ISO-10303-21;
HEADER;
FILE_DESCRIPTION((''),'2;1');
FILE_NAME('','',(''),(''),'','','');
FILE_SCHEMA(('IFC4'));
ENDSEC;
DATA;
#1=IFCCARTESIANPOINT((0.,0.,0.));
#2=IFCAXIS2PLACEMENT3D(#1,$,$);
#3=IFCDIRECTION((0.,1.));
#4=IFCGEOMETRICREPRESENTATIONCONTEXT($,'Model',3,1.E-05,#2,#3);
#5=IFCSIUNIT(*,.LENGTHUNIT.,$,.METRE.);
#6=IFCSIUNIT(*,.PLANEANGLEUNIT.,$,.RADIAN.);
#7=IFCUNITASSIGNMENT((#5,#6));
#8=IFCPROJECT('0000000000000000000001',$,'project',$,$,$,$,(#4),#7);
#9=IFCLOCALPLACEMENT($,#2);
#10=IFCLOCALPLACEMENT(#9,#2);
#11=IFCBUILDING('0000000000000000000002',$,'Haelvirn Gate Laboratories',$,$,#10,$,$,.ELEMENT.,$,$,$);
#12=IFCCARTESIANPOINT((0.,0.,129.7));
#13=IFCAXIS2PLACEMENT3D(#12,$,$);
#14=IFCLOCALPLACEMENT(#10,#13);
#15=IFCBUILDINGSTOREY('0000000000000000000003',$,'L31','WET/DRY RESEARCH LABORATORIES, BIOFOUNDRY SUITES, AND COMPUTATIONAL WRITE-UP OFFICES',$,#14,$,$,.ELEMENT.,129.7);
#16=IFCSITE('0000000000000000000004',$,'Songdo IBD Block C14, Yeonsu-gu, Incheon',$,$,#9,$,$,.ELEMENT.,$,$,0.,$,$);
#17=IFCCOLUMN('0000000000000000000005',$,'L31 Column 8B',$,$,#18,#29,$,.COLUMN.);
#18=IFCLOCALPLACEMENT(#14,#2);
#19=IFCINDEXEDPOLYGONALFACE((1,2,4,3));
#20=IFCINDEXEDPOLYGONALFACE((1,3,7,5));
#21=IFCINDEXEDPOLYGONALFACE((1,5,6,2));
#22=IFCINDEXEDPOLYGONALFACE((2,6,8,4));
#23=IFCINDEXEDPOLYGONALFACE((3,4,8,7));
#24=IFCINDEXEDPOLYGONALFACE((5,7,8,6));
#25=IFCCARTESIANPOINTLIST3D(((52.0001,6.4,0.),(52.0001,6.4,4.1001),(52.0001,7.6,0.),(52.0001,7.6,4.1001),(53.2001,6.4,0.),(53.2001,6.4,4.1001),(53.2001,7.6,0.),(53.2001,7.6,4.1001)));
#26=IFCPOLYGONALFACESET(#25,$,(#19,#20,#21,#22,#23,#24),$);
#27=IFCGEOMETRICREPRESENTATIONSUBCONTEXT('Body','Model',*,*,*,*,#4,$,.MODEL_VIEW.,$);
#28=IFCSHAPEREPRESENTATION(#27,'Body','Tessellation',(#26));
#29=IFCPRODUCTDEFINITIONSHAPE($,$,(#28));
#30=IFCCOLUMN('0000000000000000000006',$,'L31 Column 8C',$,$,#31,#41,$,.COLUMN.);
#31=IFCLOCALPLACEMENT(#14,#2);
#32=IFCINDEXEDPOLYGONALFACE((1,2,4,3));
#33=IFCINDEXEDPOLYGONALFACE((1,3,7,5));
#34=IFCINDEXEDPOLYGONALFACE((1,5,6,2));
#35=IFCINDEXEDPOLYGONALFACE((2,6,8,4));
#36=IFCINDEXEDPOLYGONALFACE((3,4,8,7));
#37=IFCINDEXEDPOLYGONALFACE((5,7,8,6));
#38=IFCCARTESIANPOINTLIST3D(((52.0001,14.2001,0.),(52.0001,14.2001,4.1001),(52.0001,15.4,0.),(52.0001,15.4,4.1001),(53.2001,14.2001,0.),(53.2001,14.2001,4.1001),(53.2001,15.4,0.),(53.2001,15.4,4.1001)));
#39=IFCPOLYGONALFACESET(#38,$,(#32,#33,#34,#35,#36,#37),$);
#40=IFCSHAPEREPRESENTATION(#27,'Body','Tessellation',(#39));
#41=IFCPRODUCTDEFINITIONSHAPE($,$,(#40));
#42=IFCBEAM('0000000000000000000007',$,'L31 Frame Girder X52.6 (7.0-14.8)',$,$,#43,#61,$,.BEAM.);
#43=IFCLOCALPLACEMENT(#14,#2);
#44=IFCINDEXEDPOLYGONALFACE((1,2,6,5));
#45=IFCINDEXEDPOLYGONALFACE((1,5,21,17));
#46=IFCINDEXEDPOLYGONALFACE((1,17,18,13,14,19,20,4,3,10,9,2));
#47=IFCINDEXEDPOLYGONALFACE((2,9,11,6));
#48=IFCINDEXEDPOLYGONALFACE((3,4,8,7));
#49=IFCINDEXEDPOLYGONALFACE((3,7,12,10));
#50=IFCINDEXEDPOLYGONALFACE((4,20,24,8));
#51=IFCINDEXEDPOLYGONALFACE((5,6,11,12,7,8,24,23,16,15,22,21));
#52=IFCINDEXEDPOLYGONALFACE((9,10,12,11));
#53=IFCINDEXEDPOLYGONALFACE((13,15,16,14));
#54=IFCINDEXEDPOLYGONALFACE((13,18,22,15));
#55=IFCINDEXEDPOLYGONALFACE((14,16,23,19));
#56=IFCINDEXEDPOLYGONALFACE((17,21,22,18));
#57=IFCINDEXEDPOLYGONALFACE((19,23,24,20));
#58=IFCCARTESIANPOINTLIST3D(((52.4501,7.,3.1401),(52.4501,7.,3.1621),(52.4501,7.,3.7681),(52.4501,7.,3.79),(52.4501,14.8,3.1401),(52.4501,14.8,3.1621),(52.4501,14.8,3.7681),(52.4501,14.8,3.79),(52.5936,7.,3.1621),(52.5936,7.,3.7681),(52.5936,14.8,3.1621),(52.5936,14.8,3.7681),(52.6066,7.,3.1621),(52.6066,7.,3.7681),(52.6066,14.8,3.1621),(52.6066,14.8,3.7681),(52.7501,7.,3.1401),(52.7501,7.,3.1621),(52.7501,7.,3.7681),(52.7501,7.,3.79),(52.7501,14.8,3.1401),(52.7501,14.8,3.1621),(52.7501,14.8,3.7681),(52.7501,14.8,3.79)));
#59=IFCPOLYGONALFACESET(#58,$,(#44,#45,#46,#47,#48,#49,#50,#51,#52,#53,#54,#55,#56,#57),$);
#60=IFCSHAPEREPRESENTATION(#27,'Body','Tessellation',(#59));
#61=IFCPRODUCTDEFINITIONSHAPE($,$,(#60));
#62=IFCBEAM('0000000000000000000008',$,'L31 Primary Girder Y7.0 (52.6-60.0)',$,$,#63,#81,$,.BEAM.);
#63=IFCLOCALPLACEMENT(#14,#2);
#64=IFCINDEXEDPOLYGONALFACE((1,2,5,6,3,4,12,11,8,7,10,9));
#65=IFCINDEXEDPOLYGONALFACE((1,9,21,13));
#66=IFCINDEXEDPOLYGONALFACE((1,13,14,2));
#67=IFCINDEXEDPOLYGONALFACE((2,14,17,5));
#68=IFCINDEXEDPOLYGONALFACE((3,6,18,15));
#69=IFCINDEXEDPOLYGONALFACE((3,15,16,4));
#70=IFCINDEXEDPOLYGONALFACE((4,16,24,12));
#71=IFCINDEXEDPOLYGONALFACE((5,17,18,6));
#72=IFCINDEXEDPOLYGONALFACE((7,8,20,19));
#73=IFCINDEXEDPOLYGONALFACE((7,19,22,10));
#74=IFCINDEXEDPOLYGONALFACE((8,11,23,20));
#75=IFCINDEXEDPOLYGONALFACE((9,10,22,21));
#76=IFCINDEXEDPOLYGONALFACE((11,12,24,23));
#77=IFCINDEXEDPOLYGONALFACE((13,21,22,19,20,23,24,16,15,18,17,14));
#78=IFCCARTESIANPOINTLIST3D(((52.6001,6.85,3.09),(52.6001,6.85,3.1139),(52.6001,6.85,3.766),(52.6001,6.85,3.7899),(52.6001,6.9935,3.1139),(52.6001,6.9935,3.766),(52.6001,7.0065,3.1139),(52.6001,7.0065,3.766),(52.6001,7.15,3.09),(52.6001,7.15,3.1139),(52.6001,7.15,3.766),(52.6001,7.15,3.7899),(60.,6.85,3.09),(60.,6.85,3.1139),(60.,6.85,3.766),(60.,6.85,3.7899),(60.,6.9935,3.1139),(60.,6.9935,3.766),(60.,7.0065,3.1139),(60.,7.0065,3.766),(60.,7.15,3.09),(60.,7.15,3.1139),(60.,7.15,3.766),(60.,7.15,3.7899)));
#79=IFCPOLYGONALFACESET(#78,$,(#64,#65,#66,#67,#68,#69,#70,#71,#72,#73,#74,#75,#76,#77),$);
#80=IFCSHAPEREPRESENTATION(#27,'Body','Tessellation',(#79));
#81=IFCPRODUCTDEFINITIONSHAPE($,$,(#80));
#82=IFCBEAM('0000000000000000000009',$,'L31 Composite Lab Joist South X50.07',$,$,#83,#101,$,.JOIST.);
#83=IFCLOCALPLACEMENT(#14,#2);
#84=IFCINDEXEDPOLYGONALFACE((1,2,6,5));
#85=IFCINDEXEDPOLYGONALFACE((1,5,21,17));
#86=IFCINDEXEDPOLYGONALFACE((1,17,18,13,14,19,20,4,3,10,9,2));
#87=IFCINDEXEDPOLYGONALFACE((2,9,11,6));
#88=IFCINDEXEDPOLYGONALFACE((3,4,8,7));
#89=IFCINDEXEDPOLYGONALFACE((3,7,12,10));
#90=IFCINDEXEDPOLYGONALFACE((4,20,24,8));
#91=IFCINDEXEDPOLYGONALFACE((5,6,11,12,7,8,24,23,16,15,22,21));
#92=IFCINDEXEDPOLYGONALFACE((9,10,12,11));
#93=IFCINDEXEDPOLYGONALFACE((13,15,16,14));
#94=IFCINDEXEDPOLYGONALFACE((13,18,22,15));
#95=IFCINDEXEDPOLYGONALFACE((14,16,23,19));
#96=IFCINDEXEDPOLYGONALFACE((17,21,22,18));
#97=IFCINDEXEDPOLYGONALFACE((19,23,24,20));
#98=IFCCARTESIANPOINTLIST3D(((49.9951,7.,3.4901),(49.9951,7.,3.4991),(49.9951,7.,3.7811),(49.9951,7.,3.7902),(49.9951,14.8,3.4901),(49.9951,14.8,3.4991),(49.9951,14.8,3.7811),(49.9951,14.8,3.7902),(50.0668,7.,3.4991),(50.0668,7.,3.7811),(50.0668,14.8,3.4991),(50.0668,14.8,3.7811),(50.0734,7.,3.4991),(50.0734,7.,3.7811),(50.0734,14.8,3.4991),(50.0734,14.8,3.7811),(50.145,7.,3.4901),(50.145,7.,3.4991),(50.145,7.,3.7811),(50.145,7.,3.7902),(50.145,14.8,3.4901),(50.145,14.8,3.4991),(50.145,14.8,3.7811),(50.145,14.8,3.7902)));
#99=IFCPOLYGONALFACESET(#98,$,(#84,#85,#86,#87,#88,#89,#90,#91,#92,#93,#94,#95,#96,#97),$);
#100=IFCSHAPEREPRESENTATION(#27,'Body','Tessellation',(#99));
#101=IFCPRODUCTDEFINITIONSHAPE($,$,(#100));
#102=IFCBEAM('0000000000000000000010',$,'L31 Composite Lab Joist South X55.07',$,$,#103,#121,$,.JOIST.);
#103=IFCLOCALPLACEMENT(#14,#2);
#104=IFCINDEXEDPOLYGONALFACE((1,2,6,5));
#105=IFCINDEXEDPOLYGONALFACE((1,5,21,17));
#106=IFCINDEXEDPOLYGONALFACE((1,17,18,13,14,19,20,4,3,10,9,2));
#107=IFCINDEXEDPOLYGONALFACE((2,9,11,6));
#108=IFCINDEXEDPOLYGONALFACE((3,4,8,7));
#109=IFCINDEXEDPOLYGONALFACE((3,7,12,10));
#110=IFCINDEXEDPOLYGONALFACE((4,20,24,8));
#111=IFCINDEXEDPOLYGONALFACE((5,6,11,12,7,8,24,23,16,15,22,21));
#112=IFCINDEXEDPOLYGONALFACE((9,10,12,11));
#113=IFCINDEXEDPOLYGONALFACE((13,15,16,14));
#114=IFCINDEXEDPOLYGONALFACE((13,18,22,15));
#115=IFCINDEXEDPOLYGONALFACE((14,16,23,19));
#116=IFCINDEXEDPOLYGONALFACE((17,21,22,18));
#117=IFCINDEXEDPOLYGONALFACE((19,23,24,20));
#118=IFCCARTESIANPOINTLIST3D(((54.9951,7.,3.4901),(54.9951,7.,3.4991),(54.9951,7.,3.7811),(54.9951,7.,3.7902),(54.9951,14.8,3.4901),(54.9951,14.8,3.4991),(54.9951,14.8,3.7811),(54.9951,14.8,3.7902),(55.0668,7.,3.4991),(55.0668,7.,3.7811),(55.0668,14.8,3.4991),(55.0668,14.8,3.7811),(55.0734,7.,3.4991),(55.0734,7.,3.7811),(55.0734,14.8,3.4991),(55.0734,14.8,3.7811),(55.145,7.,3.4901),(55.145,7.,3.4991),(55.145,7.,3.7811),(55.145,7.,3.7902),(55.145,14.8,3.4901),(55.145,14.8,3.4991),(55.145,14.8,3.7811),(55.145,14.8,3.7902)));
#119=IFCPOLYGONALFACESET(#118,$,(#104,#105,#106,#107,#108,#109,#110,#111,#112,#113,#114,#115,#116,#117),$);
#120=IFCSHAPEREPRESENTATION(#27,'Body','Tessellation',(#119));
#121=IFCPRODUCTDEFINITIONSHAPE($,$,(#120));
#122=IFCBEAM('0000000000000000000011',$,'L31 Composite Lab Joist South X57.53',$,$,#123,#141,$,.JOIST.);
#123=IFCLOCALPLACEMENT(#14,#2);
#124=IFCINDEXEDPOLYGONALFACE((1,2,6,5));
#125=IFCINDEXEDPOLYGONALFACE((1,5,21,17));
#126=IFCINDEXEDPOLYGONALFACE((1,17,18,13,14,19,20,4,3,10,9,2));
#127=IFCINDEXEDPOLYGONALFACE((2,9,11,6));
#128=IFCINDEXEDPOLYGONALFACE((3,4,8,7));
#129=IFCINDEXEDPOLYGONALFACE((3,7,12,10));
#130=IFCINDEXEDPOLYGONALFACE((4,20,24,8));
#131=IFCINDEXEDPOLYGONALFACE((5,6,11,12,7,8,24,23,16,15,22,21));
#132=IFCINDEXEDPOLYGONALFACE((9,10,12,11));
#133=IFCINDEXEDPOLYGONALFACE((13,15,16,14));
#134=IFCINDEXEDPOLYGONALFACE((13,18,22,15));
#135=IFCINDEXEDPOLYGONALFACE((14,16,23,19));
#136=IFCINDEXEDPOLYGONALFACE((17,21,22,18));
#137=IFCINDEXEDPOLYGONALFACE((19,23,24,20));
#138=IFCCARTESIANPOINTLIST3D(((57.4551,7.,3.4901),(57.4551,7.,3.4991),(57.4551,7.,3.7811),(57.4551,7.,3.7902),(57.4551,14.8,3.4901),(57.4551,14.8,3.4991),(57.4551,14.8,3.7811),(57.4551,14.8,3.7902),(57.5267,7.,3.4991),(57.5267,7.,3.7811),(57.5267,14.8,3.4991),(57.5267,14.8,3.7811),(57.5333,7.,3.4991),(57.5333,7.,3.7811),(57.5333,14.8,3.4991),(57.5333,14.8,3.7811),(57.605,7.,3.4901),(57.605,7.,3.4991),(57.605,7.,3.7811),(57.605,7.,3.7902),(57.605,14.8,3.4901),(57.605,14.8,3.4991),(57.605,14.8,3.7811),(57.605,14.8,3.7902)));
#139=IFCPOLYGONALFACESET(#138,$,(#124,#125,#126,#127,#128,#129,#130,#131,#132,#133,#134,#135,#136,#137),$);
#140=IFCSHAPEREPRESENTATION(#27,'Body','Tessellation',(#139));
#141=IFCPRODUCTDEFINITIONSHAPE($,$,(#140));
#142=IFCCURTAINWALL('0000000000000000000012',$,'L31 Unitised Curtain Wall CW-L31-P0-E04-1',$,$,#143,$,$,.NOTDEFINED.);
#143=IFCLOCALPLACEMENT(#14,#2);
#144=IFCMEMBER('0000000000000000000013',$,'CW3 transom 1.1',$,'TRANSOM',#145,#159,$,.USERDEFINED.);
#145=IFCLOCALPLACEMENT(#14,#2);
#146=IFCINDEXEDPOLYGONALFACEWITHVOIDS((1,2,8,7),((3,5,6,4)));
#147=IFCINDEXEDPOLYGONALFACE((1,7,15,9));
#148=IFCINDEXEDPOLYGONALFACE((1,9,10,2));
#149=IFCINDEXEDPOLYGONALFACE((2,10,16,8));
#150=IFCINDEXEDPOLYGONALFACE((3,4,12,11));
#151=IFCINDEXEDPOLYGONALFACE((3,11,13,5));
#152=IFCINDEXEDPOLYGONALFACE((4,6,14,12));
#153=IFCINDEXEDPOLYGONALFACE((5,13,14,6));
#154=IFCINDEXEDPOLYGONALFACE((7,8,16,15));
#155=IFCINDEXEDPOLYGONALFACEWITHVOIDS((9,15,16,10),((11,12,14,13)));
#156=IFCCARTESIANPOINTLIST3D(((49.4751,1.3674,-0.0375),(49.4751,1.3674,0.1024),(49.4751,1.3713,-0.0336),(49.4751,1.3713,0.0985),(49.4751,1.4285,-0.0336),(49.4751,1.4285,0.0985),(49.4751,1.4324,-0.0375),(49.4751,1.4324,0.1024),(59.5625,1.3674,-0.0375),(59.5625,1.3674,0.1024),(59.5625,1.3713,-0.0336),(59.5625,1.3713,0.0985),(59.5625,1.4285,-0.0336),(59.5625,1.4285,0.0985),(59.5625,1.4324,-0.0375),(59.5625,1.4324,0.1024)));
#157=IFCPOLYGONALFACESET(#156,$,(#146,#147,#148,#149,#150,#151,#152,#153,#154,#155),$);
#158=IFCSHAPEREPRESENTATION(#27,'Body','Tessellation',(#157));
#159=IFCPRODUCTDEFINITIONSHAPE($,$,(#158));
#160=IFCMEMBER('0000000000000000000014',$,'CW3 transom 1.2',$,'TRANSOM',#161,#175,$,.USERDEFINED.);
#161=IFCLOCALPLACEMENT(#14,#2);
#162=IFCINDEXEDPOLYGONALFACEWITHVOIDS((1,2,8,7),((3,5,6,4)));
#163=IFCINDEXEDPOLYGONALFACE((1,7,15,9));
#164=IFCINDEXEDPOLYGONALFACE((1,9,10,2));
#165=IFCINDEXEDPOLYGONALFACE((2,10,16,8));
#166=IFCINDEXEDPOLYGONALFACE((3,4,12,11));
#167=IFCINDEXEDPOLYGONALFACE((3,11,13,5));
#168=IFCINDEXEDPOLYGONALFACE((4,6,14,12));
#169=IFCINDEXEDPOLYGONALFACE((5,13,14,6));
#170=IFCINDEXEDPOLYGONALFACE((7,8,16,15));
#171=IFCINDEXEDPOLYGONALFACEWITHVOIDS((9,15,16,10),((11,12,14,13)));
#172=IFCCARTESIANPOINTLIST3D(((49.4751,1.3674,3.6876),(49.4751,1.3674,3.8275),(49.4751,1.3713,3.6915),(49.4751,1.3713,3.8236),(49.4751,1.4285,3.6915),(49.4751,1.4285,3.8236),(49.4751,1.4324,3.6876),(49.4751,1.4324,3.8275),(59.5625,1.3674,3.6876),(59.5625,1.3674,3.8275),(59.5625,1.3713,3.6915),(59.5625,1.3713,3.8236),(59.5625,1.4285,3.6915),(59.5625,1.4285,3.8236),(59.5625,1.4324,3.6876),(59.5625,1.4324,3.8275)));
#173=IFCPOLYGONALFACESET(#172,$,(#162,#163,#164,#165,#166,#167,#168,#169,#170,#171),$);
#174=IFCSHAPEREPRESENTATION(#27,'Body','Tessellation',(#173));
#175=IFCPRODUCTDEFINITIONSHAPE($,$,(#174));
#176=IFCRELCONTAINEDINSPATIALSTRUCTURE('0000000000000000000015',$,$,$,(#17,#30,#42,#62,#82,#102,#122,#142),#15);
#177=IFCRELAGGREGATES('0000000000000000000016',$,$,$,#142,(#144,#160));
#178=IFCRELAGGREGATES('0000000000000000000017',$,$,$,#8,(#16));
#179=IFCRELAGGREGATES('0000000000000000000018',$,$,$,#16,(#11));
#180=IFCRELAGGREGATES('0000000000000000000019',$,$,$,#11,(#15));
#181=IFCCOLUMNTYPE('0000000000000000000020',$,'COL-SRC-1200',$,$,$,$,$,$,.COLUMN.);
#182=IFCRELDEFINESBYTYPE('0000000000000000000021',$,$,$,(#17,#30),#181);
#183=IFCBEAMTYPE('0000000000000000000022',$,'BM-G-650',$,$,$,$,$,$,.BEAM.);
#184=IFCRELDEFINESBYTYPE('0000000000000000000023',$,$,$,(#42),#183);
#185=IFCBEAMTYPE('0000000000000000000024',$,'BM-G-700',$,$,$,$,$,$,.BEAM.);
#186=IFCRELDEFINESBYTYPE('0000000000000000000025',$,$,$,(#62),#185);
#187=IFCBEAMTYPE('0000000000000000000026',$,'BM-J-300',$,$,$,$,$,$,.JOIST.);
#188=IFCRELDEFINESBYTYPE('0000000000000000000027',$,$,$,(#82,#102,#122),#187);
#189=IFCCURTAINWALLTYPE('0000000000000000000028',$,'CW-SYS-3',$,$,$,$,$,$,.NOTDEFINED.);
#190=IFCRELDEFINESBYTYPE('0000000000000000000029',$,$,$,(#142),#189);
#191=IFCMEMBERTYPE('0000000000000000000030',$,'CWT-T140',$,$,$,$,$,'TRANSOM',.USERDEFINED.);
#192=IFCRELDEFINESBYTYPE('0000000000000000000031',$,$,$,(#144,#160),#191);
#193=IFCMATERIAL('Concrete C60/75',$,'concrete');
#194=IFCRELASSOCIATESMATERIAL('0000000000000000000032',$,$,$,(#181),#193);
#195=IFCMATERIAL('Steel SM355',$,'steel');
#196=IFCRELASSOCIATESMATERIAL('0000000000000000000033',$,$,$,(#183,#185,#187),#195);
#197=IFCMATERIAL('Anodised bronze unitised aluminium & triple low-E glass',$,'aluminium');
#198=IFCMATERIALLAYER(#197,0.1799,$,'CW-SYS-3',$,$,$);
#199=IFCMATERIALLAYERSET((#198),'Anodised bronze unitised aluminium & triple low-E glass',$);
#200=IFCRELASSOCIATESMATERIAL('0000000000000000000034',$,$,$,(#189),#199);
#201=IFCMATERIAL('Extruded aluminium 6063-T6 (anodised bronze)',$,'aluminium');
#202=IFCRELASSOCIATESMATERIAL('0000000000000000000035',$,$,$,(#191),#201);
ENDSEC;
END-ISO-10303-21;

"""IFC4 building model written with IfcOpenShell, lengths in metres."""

from ifc_helpers import new_model, si_unit, direction, frame, origin, origin_2d, place, context, subcontext, project, spatial, rectangle, hollow_rectangle, i_section, extrude, source, transform, mapped, material, layer, layer_set, material_profile, profile_set, type_object, type_shapes, element, aggregate, save


model = new_model("IFC4")

# Units and contexts
model_context = context("Model", 3, precision=1e-05, world=origin(), true_north=direction((0.0, 1.0)))
body_context = subcontext(model_context, "Body", "Model", "MODEL_VIEW")
ifc_project = project(units=[si_unit("LENGTHUNIT", "METRE"), si_unit("PLANEANGLEUNIT", "RADIAN")], contexts=[model_context])

# Site, building, storey
site_placement = place(None, origin())
site = spatial("IfcSite", under=ifc_project, at=site_placement, Name="Songdo IBD Block C14, Yeonsu-gu, Incheon", CompositionType="ELEMENT", RefElevation=0.0)
building_placement = place(site_placement, origin())
building = spatial("IfcBuilding", under=site, at=building_placement, Name="Haelvirn Gate Laboratories", CompositionType="ELEMENT")
storey_placement = place(building_placement, frame((0.0, 0.0, 129.7)))
storey = spatial("IfcBuildingStorey", under=building, at=storey_placement, Name="L31", Description="WET/DRY RESEARCH LABORATORIES, BIOFOUNDRY SUITES, AND COMPUTATIONAL WRITE-UP OFFICES", CompositionType="ELEMENT", Elevation=129.7)

# Columns
ifc_material_1 = material(Name="Concrete C60/75", Category="concrete")
ifc_material_profile_1 = material_profile(ifc_material_1, rectangle(XDim=1.2, YDim=1.2, at=origin_2d()), Name="SRC-1200x1200")
ifc_profile_set_1 = profile_set([ifc_material_profile_1], Name="Concrete C60/75")
column_type = type_object("IfcColumnType", Name="COL-SRC-1200", PredefinedType="COLUMN", material=ifc_profile_set_1)
shared_shape_1 = source(origin(), body_context, "Body", "SweptSolid", [
    extrude(rectangle(XDim=1.2, YDim=1.2, at=origin_2d()), origin(), (0.0, 0.0, 1.0), 4.1001),
])
type_shapes(column_type, [shared_shape_1])
for number, where, z_axis, x_axis, name in (
    (1, (52.6001, 7.0, 0.0), (0.0, 0.0, 1.0), (1.0, 0.0, 0.0), "L31 Column 8B"),
    (2, (52.6001, 14.8, 0.0), (0.0, 0.0, 1.0), (1.0, 0.0, 0.0), "L31 Column 8C"),
):
    element("IfcColumn", number, at=place(storey_placement, frame(where, z_axis=z_axis, x_axis=x_axis)), inside=storey, type_object=column_type, Name=name, PredefinedType="COLUMN", context=body_context, shape_type="MappedRepresentation", body=[
        mapped(shared_shape_1, transform((0.0, 0.0, 0.0), scale=1.0)),
    ])

# Beams
ifc_material_2 = material(Name="Steel SM355", Category="steel")
ifc_material_profile_2 = material_profile(ifc_material_2, i_section(OverallWidth=0.3, OverallDepth=0.6499, WebThickness=0.0129, FlangeThickness=0.022, at=origin_2d()), Name="H-650x300x13x22")
ifc_profile_set_2 = profile_set([ifc_material_profile_2], Name="Steel SM355")
beam_type_1 = type_object("IfcBeamType", Name="BM-G-650", PredefinedType="BEAM", material=ifc_profile_set_2)
shared_shape_2 = source(origin(), body_context, "Body", "SweptSolid", [
    extrude(i_section(OverallWidth=0.3, OverallDepth=0.6499, WebThickness=0.0129, FlangeThickness=0.022, at=origin_2d()), origin(), (0.0, 0.0, 1.0), 7.8),
])
type_shapes(beam_type_1, [shared_shape_2])
beam_1_placement = place(storey_placement, frame((52.6001, 7.0, 3.4651), z_axis=(0.0, 1.0, 0.0), x_axis=(-1.0, 0.0, 0.0)))
element("IfcBeam", 3, at=beam_1_placement, inside=storey, type_object=beam_type_1, Name="L31 Frame Girder X52.6 (7.0-14.8)", PredefinedType="BEAM", context=body_context, shape_type="MappedRepresentation", body=[
    mapped(shared_shape_2, transform((0.0, 0.0, 0.0), scale=1.0)),
])
ifc_material_profile_3 = material_profile(ifc_material_2, i_section(OverallWidth=0.3, OverallDepth=0.7, WebThickness=0.0129, FlangeThickness=0.0239, at=origin_2d()), Name="H-700x300x13x24")
ifc_profile_set_3 = profile_set([ifc_material_profile_3], Name="Steel SM355")
beam_type_2 = type_object("IfcBeamType", Name="BM-G-700", PredefinedType="BEAM", material=ifc_profile_set_3)
shared_shape_3 = source(origin(), body_context, "Body", "SweptSolid", [
    extrude(i_section(OverallWidth=0.3, OverallDepth=0.7, WebThickness=0.0129, FlangeThickness=0.0239, at=origin_2d()), origin(), (0.0, 0.0, 1.0), 7.3999),
])
type_shapes(beam_type_2, [shared_shape_3])
beam_2_placement = place(storey_placement, frame((52.6001, 7.0, 3.4399), z_axis=(1.0, 0.0, 0.0), x_axis=(0.0, 1.0, 0.0)))
element("IfcBeam", 4, at=beam_2_placement, inside=storey, type_object=beam_type_2, Name="L31 Primary Girder Y7.0 (52.6-60.0)", PredefinedType="BEAM", context=body_context, shape_type="MappedRepresentation", body=[
    mapped(shared_shape_3, transform((0.0, 0.0, 0.0), scale=1.0)),
])
ifc_material_profile_4 = material_profile(ifc_material_2, i_section(OverallWidth=0.1499, OverallDepth=0.3, WebThickness=0.0066, FlangeThickness=0.009, at=origin_2d()), Name="H-300x150x6.5x9")
ifc_profile_set_4 = profile_set([ifc_material_profile_4], Name="Steel SM355")
beam_type_3 = type_object("IfcBeamType", Name="BM-J-300", PredefinedType="JOIST", material=ifc_profile_set_4)
shared_shape_4 = source(origin(), body_context, "Body", "SweptSolid", [
    extrude(i_section(OverallWidth=0.1499, OverallDepth=0.3, WebThickness=0.0066, FlangeThickness=0.009, at=origin_2d()), origin(), (0.0, 0.0, 1.0), 7.8),
])
type_shapes(beam_type_3, [shared_shape_4])
for number, where, z_axis, x_axis, name in (
    (5, (50.0701, 7.0, 3.6401), (0.0, 1.0, 0.0), (-1.0, 0.0, 0.0), "L31 Composite Lab Joist South X50.07"),
    (6, (55.0701, 7.0, 3.6401), (0.0, 1.0, 0.0), (-1.0, 0.0, 0.0), "L31 Composite Lab Joist South X55.07"),
    (7, (57.53, 7.0, 3.6401), (0.0, 1.0, 0.0), (-1.0, 0.0, 0.0), "L31 Composite Lab Joist South X57.53"),
):
    element("IfcBeam", number, at=place(storey_placement, frame(where, z_axis=z_axis, x_axis=x_axis)), inside=storey, type_object=beam_type_3, Name=name, PredefinedType="JOIST", context=body_context, shape_type="MappedRepresentation", body=[
        mapped(shared_shape_4, transform((0.0, 0.0, 0.0), scale=1.0)),
    ])

# Curtain wall, members
ifc_material_3 = material(Name="Anodised bronze unitised aluminium & triple low-E glass", Category="aluminium")
ifc_layer_1 = layer(ifc_material_3, 0.1799, Name="CW-SYS-3")
ifc_layer_set_1 = layer_set([ifc_layer_1], Name="Anodised bronze unitised aluminium & triple low-E glass")
curtain_wall_type = type_object("IfcCurtainWallType", Name="CW-SYS-3", PredefinedType="NOTDEFINED", material=ifc_layer_set_1)
curtain_wall_1_placement = place(storey_placement, origin())
curtain_wall_1 = element("IfcCurtainWall", 8, at=curtain_wall_1_placement, inside=storey, type_object=curtain_wall_type, Name="L31 Unitised Curtain Wall CW-L31-P0-E04-1", PredefinedType="NOTDEFINED")
ifc_material_4 = material(Name="Extruded aluminium 6063-T6 (anodised bronze)", Category="aluminium")
ifc_material_profile_5 = material_profile(ifc_material_4, hollow_rectangle(XDim=0.0649, YDim=0.1399, WallThickness=0.0039, at=origin_2d()), Name="CWT-140x65x4")
ifc_profile_set_5 = profile_set([ifc_material_profile_5], Name="Extruded aluminium 6063-T6 (anodised bronze)")
member_type_1 = type_object("IfcMemberType", Name="CWT-T140", ElementType="TRANSOM", PredefinedType="USERDEFINED", material=ifc_profile_set_5)
shared_shape_5 = source(origin(), body_context, "Body", "SweptSolid", [
    extrude(hollow_rectangle(XDim=0.0649, YDim=0.1399, WallThickness=0.0039, at=origin_2d()), origin(), (0.0, 0.0, 1.0), 10.0874),
])
type_shapes(member_type_1, [shared_shape_5])
member_1_placement = place(storey_placement, frame((49.4751, 1.3999, 0.0325), z_axis=(1.0, 0.0, 0.0), x_axis=(0.0, 1.0, 0.0)))
member_1 = element("IfcMember", 9, at=member_1_placement, type_object=member_type_1, Name="CW3 transom 1.1", ObjectType="TRANSOM", PredefinedType="USERDEFINED", context=body_context, shape_type="MappedRepresentation", body=[
    mapped(shared_shape_5, transform((0.0, 0.0, 0.0), scale=1.0)),
])
member_2_placement = place(storey_placement, frame((49.4751, 1.3999, 3.7576), z_axis=(1.0, 0.0, 0.0), x_axis=(0.0, 1.0, 0.0)))
member_2 = element("IfcMember", 10, at=member_2_placement, type_object=member_type_1, Name="CW3 transom 1.2", ObjectType="TRANSOM", PredefinedType="USERDEFINED", context=body_context, shape_type="MappedRepresentation", body=[
    mapped(shared_shape_5, transform((0.0, 0.0, 0.0), scale=1.0)),
])

aggregate(curtain_wall_1, [member_1, member_2])

save(model, "model.ifc")
